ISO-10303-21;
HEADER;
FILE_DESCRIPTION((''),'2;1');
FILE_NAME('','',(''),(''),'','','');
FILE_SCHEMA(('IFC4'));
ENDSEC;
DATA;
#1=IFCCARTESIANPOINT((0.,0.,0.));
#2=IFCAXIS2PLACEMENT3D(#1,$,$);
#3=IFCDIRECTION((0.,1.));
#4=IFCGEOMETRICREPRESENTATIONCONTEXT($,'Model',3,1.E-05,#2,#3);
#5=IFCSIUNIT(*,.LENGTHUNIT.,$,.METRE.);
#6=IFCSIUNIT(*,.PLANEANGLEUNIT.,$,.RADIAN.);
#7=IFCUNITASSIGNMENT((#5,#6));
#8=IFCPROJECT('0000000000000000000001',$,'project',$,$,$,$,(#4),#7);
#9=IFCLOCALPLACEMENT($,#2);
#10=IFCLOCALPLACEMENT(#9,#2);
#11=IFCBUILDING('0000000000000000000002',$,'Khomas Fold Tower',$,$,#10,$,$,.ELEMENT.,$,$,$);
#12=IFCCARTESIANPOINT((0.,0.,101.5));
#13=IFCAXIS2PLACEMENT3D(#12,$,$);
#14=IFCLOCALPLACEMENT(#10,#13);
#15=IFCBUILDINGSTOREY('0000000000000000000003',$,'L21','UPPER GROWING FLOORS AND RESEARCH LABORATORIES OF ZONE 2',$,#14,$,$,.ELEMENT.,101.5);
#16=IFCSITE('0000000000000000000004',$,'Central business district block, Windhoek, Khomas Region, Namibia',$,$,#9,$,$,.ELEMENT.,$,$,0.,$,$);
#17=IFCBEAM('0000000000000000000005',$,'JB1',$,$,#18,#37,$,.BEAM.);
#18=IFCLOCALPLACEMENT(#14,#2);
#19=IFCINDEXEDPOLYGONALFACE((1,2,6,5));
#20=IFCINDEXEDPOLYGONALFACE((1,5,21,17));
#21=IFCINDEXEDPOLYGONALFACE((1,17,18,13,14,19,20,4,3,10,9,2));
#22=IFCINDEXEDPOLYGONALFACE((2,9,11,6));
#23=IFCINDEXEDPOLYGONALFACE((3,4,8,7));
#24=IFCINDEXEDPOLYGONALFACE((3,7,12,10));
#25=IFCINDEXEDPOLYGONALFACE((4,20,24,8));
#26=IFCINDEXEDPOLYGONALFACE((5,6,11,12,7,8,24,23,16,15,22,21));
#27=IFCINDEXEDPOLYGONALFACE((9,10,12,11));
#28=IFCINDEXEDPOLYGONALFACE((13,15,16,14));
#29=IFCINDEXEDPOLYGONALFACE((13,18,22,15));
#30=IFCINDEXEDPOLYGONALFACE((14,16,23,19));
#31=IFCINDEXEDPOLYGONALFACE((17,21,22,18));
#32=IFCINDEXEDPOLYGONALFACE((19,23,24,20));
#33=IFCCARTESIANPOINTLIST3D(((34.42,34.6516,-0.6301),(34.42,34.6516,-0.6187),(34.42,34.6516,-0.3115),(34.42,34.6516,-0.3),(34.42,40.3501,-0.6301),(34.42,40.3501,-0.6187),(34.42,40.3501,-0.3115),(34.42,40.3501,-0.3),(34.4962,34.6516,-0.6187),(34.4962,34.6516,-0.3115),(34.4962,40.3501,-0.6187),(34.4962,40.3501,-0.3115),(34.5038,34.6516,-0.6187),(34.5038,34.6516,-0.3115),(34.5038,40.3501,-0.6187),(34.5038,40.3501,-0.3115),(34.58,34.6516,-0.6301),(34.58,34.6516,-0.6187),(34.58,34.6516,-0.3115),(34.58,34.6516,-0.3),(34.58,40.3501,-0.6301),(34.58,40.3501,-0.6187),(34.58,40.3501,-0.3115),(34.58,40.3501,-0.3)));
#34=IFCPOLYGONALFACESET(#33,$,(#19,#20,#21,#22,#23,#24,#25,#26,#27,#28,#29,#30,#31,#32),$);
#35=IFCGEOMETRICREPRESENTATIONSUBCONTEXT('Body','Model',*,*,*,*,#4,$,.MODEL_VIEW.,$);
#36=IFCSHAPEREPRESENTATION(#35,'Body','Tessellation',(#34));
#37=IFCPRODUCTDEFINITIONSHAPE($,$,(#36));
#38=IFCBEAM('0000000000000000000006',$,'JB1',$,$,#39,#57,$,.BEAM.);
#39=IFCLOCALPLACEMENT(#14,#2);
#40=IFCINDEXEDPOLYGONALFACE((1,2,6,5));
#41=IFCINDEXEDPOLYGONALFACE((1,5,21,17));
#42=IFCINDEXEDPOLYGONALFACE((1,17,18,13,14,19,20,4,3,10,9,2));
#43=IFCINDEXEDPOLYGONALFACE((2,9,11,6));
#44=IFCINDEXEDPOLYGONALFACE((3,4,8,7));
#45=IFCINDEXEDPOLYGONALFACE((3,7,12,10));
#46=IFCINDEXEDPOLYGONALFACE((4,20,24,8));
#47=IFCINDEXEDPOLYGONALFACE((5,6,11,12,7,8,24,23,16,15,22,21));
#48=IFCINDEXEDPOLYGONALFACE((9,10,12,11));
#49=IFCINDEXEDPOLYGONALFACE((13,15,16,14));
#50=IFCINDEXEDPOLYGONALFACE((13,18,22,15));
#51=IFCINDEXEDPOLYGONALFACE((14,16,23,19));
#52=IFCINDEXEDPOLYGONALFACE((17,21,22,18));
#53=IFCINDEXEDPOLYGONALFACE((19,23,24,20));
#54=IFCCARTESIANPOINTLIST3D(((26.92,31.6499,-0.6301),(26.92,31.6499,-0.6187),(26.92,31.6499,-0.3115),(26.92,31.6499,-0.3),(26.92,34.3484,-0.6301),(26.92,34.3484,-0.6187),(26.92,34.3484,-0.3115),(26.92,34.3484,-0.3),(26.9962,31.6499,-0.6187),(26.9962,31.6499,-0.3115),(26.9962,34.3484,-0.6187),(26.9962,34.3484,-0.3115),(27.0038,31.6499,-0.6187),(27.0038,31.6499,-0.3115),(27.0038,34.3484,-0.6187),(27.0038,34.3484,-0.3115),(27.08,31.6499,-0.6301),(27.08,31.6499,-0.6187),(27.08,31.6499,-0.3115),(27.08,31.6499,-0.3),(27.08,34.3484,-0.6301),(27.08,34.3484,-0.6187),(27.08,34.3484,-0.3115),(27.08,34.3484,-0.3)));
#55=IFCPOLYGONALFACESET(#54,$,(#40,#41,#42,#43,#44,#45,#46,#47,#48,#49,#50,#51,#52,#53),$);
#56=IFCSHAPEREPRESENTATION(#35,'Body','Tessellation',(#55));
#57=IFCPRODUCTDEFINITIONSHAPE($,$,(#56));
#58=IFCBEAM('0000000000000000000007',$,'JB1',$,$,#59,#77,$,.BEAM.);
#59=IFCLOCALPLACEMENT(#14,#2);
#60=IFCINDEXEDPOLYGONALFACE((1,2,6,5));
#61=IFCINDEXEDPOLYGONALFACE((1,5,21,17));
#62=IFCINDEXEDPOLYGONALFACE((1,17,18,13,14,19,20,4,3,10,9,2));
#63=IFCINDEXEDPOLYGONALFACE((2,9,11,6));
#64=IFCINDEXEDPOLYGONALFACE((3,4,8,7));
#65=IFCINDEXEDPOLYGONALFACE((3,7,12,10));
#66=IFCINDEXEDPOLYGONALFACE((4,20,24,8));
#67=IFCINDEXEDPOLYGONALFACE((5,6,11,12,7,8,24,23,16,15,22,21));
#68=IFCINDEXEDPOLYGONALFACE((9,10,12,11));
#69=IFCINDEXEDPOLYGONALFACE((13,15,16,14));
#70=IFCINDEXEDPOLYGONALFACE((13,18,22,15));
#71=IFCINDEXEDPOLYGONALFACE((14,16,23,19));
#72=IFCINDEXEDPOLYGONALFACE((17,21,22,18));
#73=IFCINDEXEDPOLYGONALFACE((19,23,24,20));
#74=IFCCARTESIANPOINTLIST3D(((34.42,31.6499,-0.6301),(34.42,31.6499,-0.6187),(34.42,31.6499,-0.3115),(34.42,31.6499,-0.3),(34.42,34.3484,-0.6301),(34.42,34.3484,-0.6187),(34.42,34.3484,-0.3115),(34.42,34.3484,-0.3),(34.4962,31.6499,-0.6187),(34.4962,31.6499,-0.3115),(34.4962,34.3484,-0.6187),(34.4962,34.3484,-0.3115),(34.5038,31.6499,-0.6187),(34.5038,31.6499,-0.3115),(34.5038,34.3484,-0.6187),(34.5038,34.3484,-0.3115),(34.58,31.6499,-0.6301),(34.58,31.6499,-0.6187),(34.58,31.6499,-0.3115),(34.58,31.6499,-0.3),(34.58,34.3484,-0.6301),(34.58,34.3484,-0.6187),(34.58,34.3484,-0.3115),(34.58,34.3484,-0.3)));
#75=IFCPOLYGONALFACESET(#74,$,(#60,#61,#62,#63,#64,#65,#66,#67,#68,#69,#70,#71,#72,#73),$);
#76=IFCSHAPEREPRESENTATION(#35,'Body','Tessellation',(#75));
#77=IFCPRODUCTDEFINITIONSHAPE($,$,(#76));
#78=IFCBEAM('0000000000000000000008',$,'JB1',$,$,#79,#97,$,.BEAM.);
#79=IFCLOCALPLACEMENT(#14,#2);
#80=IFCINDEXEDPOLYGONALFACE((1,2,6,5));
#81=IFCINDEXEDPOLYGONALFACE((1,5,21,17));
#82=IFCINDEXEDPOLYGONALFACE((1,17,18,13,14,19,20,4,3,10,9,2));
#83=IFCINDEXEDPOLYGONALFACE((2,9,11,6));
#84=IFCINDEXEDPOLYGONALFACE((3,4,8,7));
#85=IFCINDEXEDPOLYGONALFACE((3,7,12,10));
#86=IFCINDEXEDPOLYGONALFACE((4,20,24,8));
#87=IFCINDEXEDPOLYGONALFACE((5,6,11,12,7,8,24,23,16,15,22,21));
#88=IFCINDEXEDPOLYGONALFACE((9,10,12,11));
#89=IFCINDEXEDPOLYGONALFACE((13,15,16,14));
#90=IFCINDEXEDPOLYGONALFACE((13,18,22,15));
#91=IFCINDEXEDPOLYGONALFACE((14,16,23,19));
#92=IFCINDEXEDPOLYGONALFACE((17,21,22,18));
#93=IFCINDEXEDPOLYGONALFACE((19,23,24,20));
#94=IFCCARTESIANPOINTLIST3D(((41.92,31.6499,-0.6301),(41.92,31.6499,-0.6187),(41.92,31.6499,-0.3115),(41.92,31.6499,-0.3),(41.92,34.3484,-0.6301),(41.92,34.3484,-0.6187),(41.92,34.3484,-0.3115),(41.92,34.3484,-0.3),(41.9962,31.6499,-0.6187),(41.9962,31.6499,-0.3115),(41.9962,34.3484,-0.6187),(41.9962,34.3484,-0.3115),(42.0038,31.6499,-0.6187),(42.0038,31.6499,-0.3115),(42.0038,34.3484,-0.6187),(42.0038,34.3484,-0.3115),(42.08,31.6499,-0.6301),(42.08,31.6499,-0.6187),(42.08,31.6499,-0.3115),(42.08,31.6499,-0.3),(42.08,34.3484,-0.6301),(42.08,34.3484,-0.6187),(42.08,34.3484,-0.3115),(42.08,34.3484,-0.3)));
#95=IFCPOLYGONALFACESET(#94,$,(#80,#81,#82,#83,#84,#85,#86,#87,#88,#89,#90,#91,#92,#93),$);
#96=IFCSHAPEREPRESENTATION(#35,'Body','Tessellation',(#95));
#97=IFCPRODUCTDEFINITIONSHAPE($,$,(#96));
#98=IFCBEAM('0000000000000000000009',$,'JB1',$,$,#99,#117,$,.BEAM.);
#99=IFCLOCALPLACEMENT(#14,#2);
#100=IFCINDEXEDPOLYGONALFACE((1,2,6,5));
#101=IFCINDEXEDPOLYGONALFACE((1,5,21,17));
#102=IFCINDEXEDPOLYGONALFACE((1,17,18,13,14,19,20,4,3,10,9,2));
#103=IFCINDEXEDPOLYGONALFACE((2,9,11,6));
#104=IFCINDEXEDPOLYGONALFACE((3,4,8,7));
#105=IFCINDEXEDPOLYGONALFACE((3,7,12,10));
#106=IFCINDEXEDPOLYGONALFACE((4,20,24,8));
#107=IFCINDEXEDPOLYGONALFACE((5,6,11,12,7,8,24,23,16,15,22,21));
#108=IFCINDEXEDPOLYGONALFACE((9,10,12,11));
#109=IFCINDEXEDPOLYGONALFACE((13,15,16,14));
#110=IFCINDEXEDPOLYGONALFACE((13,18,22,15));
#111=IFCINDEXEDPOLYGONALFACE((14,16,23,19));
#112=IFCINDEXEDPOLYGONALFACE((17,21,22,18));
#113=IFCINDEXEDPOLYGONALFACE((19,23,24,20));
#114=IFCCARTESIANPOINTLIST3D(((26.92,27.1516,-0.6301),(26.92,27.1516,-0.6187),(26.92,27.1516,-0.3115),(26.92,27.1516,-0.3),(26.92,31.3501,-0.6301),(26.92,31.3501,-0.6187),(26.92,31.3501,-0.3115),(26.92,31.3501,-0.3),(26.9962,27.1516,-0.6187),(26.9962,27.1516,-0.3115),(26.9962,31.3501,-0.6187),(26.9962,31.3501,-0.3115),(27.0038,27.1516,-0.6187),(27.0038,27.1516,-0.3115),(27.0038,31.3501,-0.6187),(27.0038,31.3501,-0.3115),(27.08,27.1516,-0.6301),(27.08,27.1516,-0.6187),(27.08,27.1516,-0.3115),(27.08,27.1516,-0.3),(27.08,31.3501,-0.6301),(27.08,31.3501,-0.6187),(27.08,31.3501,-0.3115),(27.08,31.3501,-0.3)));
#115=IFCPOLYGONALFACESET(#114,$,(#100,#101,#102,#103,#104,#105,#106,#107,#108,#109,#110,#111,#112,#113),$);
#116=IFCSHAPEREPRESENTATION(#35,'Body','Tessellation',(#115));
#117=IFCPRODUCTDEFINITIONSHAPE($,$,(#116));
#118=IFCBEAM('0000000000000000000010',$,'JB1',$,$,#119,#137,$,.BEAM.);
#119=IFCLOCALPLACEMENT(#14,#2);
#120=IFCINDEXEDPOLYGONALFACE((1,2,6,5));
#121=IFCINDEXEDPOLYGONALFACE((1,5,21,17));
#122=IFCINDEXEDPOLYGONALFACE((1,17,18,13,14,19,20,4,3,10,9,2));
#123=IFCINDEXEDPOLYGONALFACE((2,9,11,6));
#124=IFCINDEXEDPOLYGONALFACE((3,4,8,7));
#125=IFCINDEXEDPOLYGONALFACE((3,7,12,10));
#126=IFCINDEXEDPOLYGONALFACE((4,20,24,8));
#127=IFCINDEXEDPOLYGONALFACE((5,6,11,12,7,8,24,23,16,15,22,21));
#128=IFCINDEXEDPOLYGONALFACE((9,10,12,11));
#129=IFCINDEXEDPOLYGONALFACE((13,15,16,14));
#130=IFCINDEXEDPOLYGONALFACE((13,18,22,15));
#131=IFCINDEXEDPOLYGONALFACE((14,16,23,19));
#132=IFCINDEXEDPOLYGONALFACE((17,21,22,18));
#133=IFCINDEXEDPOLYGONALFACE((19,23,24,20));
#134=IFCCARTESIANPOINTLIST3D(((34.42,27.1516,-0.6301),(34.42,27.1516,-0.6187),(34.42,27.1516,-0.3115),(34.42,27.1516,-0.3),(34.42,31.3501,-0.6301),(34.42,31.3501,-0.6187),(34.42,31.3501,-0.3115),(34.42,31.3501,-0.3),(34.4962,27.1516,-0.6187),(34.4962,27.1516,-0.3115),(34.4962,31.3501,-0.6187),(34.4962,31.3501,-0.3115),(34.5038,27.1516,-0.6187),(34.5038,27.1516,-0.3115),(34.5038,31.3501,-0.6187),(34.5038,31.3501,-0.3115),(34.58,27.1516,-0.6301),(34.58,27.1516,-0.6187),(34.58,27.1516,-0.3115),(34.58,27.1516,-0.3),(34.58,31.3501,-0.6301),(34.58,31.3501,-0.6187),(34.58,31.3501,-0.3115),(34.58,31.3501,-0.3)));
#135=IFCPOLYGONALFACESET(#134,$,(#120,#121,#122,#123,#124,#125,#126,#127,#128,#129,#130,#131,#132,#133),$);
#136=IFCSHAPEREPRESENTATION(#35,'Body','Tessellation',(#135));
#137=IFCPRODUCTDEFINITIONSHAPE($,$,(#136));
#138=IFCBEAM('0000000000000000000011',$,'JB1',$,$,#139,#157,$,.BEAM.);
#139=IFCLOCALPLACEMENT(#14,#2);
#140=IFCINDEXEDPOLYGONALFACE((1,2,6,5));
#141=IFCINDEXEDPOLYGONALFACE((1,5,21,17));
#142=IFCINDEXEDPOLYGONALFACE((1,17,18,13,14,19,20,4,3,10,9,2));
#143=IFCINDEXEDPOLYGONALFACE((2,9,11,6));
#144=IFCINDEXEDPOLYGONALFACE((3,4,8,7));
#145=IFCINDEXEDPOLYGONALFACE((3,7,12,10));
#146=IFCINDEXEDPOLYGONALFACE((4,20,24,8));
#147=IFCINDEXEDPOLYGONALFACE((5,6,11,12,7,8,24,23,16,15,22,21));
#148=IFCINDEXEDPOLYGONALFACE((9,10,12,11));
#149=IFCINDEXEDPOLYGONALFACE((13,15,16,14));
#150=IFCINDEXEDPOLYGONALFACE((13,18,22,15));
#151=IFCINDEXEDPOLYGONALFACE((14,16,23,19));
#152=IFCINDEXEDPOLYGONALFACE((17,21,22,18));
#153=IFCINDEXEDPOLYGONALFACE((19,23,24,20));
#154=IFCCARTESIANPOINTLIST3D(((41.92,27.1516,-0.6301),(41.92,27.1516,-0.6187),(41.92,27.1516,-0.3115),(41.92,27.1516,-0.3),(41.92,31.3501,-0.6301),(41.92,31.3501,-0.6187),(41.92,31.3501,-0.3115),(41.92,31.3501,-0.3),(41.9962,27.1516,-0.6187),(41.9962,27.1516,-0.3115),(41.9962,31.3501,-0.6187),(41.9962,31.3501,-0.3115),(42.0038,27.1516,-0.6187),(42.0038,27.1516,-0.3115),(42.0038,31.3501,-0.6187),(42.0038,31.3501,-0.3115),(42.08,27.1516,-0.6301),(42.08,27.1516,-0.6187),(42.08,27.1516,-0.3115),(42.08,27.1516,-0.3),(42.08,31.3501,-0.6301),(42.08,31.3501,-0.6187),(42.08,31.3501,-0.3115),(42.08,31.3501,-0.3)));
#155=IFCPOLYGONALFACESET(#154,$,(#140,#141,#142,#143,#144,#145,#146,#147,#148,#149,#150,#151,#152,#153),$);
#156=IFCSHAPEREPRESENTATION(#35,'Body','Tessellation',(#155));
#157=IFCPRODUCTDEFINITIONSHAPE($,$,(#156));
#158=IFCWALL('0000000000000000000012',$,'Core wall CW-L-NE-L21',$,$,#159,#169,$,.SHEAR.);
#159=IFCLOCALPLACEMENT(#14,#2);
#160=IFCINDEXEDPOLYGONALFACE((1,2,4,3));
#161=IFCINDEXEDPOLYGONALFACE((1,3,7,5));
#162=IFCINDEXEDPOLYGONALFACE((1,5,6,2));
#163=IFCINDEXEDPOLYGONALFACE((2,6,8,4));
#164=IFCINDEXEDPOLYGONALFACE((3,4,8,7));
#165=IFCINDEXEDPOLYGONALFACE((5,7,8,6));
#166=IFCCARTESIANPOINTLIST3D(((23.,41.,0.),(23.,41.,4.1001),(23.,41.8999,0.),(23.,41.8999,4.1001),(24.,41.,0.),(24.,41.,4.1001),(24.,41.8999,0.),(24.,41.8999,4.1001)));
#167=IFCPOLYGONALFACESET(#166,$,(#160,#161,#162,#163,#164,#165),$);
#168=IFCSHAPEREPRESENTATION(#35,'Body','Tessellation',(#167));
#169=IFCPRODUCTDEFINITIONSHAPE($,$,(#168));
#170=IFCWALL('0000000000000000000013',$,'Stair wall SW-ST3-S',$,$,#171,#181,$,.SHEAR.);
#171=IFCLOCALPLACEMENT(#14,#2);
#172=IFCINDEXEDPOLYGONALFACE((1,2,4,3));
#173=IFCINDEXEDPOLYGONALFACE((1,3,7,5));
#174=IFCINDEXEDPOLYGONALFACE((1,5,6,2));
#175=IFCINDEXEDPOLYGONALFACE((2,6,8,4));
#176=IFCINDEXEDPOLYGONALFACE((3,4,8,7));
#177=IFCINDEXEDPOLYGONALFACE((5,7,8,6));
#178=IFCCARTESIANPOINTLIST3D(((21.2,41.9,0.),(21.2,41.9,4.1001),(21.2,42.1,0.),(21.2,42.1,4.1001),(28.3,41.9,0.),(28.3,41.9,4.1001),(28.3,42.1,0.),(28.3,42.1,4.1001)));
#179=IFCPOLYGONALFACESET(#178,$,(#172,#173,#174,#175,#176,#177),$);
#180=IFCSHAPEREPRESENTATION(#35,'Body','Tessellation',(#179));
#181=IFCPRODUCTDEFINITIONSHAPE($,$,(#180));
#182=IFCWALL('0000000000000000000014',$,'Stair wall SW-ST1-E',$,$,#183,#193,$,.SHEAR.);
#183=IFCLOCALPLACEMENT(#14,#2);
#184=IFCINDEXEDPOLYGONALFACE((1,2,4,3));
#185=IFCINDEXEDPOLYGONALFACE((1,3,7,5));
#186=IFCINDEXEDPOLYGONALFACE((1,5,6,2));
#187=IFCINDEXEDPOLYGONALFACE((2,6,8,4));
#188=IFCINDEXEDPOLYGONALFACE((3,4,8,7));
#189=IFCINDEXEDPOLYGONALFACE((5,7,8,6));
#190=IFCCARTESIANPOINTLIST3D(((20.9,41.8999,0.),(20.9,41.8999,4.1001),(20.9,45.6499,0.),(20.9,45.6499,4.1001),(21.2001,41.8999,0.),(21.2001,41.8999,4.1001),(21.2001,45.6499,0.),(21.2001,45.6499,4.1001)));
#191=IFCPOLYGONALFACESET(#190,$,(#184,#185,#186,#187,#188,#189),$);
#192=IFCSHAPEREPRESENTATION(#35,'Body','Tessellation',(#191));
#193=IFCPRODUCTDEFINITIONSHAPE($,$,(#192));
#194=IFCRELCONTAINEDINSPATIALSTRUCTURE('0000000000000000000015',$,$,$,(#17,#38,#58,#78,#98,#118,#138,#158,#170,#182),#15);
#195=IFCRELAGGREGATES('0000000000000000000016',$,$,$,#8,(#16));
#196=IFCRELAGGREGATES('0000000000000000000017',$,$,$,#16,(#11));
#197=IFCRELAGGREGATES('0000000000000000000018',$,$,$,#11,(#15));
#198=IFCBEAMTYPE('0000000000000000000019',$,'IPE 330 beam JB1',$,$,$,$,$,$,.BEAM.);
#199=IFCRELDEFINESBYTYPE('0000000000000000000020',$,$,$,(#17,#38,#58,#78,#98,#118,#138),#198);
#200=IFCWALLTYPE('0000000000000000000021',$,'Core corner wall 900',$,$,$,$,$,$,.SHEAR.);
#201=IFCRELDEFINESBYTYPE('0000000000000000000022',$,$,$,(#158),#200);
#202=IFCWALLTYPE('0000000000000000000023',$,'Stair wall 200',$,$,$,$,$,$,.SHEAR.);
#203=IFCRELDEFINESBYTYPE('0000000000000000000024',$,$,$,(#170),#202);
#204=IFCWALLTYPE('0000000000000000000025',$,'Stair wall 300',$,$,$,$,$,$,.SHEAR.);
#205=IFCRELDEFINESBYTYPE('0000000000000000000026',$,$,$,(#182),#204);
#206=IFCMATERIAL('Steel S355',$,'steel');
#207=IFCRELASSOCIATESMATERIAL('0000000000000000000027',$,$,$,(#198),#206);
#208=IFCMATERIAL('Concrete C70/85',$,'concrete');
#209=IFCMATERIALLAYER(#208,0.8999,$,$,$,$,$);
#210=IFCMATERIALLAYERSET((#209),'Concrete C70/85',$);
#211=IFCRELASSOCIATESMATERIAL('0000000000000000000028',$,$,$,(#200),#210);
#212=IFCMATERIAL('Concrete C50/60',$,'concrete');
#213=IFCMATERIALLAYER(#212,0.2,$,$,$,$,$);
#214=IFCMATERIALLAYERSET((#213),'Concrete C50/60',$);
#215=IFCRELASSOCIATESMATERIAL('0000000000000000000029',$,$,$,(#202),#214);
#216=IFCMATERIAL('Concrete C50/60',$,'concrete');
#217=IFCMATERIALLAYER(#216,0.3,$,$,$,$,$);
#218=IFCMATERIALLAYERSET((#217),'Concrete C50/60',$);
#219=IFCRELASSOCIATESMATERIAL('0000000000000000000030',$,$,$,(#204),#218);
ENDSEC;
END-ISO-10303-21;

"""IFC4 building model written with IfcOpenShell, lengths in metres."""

from ifc_helpers import new_model, si_unit, direction, frame, frame_2d, origin, origin_2d, place, context, subcontext, project, spatial, rectangle, i_section, extrude, source, transform, mapped, material, layer, layer_set, material_profile, profile_set, type_object, element, save


model = new_model("IFC4")

# Units and contexts
model_context = context("Model", 3, precision=1e-05, world=origin(), true_north=direction((0.0, 1.0)))
body_context = subcontext(model_context, "Body", "Model", "MODEL_VIEW")
ifc_project = project(units=[si_unit("LENGTHUNIT", "METRE"), si_unit("PLANEANGLEUNIT", "RADIAN")], contexts=[model_context])

# Site, building, storey
site_placement = place(None, origin())
site = spatial("IfcSite", under=ifc_project, at=site_placement, Name="Central business district block, Windhoek, Khomas Region, Namibia", CompositionType="ELEMENT", RefElevation=0.0)
building_placement = place(site_placement, origin())
building = spatial("IfcBuilding", under=site, at=building_placement, Name="Khomas Fold Tower", CompositionType="ELEMENT")
storey_placement = place(building_placement, frame((0.0, 0.0, 101.5)))
storey = spatial("IfcBuildingStorey", under=building, at=storey_placement, Name="L21", Description="UPPER GROWING FLOORS AND RESEARCH LABORATORIES OF ZONE 2", CompositionType="ELEMENT", Elevation=101.5)

# Beams
ifc_material_1 = material(Name="Steel S355", Category="steel")
ifc_material_profile_1 = material_profile(ifc_material_1, i_section(OverallWidth=0.1599, OverallDepth=0.3301, WebThickness=0.0076, FlangeThickness=0.0115, at=origin_2d()), Name="IPE 330")
ifc_profile_set_1 = profile_set([ifc_material_profile_1], Name="Steel S355")
beam_type_1 = type_object("IfcBeamType", Name="IPE 330 beam JB1", PredefinedType="BEAM", material=ifc_profile_set_1)
shared_shape_1 = source(origin(), body_context, "Body", "SweptSolid", [
    extrude(i_section(OverallWidth=0.1599, OverallDepth=0.3301, WebThickness=0.0076, FlangeThickness=0.0115, at=origin_2d()), origin(), (0.0, 0.0, 1.0), 5.6985),
])
for number, where, z_axis, x_axis, name in (
    (1, (34.5, 34.6516, -0.4651), (0.0, 1.0, 0.0), (-1.0, 0.0, 0.0), "JB1"),
):
    element("IfcBeam", number, at=place(storey_placement, frame(where, z_axis=z_axis, x_axis=x_axis)), inside=storey, type_object=beam_type_1, Name=name, PredefinedType="BEAM", context=body_context, shape_type="MappedRepresentation", body=[
        mapped(shared_shape_1, transform((0.0, 0.0, 0.0))),
    ])
shared_shape_2 = source(origin(), body_context, "Body", "SweptSolid", [
    extrude(i_section(OverallWidth=0.1599, OverallDepth=0.3301, WebThickness=0.0076, FlangeThickness=0.0115, at=origin_2d()), origin(), (0.0, 0.0, 1.0), 2.6985),
])
for number, where, z_axis, x_axis, name in (
    (2, (27.0, 31.6499, -0.4651), (0.0, 1.0, 0.0), (-1.0, 0.0, 0.0), "JB1"),
    (3, (34.5, 31.6499, -0.4651), (0.0, 1.0, 0.0), (-1.0, 0.0, 0.0), "JB1"),
    (4, (42.0, 31.6499, -0.4651), (0.0, 1.0, 0.0), (-1.0, 0.0, 0.0), "JB1"),
):
    element("IfcBeam", number, at=place(storey_placement, frame(where, z_axis=z_axis, x_axis=x_axis)), inside=storey, type_object=beam_type_1, Name=name, PredefinedType="BEAM", context=body_context, shape_type="MappedRepresentation", body=[
        mapped(shared_shape_2, transform((0.0, 0.0, 0.0))),
    ])
shared_shape_3 = source(origin(), body_context, "Body", "SweptSolid", [
    extrude(i_section(OverallWidth=0.1599, OverallDepth=0.3301, WebThickness=0.0076, FlangeThickness=0.0115, at=origin_2d()), origin(), (0.0, 0.0, 1.0), 4.1985),
])
for number, where, z_axis, x_axis, name in (
    (5, (27.0, 27.1516, -0.4651), (0.0, 1.0, 0.0), (-1.0, 0.0, 0.0), "JB1"),
    (6, (34.5, 27.1516, -0.4651), (0.0, 1.0, 0.0), (-1.0, 0.0, 0.0), "JB1"),
    (7, (42.0, 27.1516, -0.4651), (0.0, 1.0, 0.0), (-1.0, 0.0, 0.0), "JB1"),
):
    element("IfcBeam", number, at=place(storey_placement, frame(where, z_axis=z_axis, x_axis=x_axis)), inside=storey, type_object=beam_type_1, Name=name, PredefinedType="BEAM", context=body_context, shape_type="MappedRepresentation", body=[
        mapped(shared_shape_3, transform((0.0, 0.0, 0.0))),
    ])

# Walls
ifc_material_2 = material(Name="Concrete C70/85", Category="concrete")
ifc_layer_1 = layer(ifc_material_2, 0.8999)
ifc_layer_set_1 = layer_set([ifc_layer_1], Name="Concrete C70/85")
wall_type_1 = type_object("IfcWallType", Name="Core corner wall 900", PredefinedType="SHEAR", material=ifc_layer_set_1)
shared_shape_4 = source(origin(), body_context, "Body", "SweptSolid", [
    extrude(rectangle(XDim=1.0, YDim=0.8999, at=frame_2d((0.5, 0.0))), origin(), (0.0, 0.0, 1.0), 4.1001),
])
wall_1_placement = place(storey_placement, frame((23.0, 41.45, 0.0), z_axis=(0.0, 0.0, 1.0), x_axis=(1.0, 0.0, 0.0)))
element("IfcWall", 8, at=wall_1_placement, inside=storey, type_object=wall_type_1, Name="Core wall CW-L-NE-L21", PredefinedType="SHEAR", context=body_context, shape_type="MappedRepresentation", body=[
    mapped(shared_shape_4, transform((0.0, 0.0, 0.0))),
])
ifc_material_3 = material(Name="Concrete C50/60", Category="concrete")
ifc_layer_2 = layer(ifc_material_3, 0.2)
ifc_layer_set_2 = layer_set([ifc_layer_2], Name="Concrete C50/60")
wall_type_2 = type_object("IfcWallType", Name="Stair wall 200", PredefinedType="SHEAR", material=ifc_layer_set_2)
shared_shape_5 = source(origin(), body_context, "Body", "SweptSolid", [
    extrude(rectangle(XDim=7.1001, YDim=0.2, at=frame_2d((3.55, 0.0))), origin(), (0.0, 0.0, 1.0), 4.1001),
])
wall_2_placement = place(storey_placement, frame((21.2, 42.0, 0.0), z_axis=(0.0, 0.0, 1.0), x_axis=(1.0, 0.0, 0.0)))
element("IfcWall", 9, at=wall_2_placement, inside=storey, type_object=wall_type_2, Name="Stair wall SW-ST3-S", PredefinedType="SHEAR", context=body_context, shape_type="MappedRepresentation", body=[
    mapped(shared_shape_5, transform((0.0, 0.0, 0.0))),
])
ifc_material_4 = material(Name="Concrete C50/60", Category="concrete")
ifc_layer_3 = layer(ifc_material_4, 0.3)
ifc_layer_set_3 = layer_set([ifc_layer_3], Name="Concrete C50/60")
wall_type_3 = type_object("IfcWallType", Name="Stair wall 300", PredefinedType="SHEAR", material=ifc_layer_set_3)
shared_shape_6 = source(origin(), body_context, "Body", "SweptSolid", [
    extrude(rectangle(XDim=3.75, YDim=0.3, at=frame_2d((1.875, 0.0))), origin(), (0.0, 0.0, 1.0), 4.1001),
])
wall_3_placement = place(storey_placement, frame((21.05, 41.8999, 0.0), z_axis=(0.0, 0.0, 1.0), x_axis=(0.0, 1.0, 0.0)))
element("IfcWall", 10, at=wall_3_placement, inside=storey, type_object=wall_type_3, Name="Stair wall SW-ST1-E", PredefinedType="SHEAR", context=body_context, shape_type="MappedRepresentation", body=[
    mapped(shared_shape_6, transform((0.0, 0.0, 0.0))),
])

save(model, "model.ifc")
